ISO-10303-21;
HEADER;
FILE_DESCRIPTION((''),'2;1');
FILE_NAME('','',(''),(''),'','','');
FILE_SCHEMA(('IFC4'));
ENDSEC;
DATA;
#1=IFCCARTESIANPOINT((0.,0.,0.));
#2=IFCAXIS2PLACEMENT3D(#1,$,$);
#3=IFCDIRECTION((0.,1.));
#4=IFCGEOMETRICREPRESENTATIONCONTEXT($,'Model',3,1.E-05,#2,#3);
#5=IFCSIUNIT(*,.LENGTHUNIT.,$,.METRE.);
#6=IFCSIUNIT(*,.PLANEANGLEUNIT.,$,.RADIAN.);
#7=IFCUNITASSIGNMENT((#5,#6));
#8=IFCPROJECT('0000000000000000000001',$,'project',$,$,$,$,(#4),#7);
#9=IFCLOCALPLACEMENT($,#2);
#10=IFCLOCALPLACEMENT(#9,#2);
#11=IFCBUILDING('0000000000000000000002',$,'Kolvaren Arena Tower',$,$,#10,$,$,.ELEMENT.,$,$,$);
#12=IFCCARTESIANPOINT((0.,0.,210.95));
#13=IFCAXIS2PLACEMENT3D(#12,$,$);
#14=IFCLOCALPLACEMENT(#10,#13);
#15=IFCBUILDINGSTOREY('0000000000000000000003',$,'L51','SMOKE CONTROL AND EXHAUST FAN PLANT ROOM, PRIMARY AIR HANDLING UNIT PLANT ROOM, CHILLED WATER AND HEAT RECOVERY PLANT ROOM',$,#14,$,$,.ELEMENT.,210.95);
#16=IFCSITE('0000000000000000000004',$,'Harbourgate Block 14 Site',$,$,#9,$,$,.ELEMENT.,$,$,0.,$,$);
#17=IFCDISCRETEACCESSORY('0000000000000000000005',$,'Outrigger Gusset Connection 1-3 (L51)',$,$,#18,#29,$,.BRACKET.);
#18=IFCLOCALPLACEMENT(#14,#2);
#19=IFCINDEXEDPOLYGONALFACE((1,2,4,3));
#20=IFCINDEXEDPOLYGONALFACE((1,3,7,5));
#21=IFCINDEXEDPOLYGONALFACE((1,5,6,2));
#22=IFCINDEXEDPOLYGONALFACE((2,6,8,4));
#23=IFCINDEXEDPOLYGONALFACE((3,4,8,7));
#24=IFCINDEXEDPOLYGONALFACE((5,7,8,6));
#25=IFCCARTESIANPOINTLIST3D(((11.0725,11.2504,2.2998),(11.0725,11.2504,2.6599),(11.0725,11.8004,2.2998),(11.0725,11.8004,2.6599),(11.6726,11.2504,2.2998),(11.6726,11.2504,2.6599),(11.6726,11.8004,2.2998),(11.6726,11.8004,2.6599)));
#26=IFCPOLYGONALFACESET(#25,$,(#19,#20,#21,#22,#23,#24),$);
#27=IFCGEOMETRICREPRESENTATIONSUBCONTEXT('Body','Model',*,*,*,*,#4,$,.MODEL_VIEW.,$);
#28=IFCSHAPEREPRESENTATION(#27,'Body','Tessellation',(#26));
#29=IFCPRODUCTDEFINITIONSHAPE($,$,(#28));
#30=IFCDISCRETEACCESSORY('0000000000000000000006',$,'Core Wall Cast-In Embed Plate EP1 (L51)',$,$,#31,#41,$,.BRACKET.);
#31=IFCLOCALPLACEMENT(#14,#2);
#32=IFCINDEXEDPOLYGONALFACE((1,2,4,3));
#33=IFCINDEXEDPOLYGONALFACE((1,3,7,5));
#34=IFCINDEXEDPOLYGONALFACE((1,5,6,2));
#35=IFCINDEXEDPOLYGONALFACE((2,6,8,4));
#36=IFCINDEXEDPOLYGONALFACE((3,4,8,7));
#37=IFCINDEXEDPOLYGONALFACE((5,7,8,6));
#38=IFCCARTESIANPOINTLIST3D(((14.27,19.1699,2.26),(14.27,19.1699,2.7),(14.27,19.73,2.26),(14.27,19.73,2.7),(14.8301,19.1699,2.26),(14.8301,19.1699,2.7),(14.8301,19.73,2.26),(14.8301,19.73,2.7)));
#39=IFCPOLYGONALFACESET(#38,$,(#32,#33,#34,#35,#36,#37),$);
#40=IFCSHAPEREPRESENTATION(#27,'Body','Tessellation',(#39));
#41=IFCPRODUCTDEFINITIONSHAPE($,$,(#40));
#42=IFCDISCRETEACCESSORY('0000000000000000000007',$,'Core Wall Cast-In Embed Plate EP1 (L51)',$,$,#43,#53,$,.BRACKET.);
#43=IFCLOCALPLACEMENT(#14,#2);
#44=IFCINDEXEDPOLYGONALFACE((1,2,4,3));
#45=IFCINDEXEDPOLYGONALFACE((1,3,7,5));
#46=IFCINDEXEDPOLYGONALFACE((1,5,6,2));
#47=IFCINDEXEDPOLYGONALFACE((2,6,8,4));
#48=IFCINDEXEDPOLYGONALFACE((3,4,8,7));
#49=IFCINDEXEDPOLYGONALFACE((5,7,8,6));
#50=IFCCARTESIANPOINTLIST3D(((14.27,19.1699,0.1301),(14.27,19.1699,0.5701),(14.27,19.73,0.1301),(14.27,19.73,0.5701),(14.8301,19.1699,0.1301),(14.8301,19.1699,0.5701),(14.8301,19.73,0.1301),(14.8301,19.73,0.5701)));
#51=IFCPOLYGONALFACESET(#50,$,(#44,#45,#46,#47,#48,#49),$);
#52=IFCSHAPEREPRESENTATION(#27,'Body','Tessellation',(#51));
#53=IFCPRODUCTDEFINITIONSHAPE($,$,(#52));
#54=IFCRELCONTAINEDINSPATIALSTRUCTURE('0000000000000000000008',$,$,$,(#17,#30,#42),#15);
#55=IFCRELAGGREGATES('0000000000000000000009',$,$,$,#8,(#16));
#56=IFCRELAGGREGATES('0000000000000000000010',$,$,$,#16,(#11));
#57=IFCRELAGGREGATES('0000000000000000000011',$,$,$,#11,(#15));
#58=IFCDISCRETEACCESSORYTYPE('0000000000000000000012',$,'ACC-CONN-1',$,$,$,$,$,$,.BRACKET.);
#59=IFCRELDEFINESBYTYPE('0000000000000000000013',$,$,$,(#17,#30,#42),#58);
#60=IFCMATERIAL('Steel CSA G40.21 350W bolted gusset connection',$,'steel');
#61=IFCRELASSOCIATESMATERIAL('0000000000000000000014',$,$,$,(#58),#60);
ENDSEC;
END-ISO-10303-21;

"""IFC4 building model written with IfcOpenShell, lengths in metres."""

from ifc_helpers import new_model, si_unit, direction, frame, origin, origin_2d, place, context, subcontext, project, spatial, rectangle, extrude, material, type_object, element, save


model = new_model("IFC4")

# Units and contexts
model_context = context("Model", 3, precision=1e-05, world=origin(), true_north=direction((0.0, 1.0)))
body_context = subcontext(model_context, "Body", "Model", "MODEL_VIEW")
ifc_project = project(units=[si_unit("LENGTHUNIT", "METRE"), si_unit("PLANEANGLEUNIT", "RADIAN")], contexts=[model_context])

# Site, building, storey
site_placement = place(None, origin())
site = spatial("IfcSite", under=ifc_project, at=site_placement, Name="Harbourgate Block 14 Site", CompositionType="ELEMENT", RefElevation=0.0)
building_placement = place(site_placement, origin())
building = spatial("IfcBuilding", under=site, at=building_placement, Name="Kolvaren Arena Tower", CompositionType="ELEMENT")
storey_placement = place(building_placement, frame((0.0, 0.0, 210.95)))
storey = spatial("IfcBuildingStorey", under=building, at=storey_placement, Name="L51", Description="SMOKE CONTROL AND EXHAUST FAN PLANT ROOM, PRIMARY AIR HANDLING UNIT PLANT ROOM, CHILLED WATER AND HEAT RECOVERY PLANT ROOM", CompositionType="ELEMENT", Elevation=210.95)

# Discrete accessories
ifc_material_1 = material(Name="Steel CSA G40.21 350W bolted gusset connection", Category="steel")
discrete_accessory_type = type_object("IfcDiscreteAccessoryType", Name="ACC-CONN-1", PredefinedType="BRACKET", material=ifc_material_1)
for number, where, z_axis, x_axis, name in (
    (1, (11.3726, 11.5254, 2.2998), (0.0, 0.0, 1.0), (1.0, 0.0, 0.0), "Outrigger Gusset Connection 1-3 (L51)"),
):
    element("IfcDiscreteAccessory", number, at=place(storey_placement, frame(where, z_axis=z_axis, x_axis=x_axis)), inside=storey, type_object=discrete_accessory_type, Name=name, PredefinedType="BRACKET", context=body_context, shape_type="SweptSolid", body=[
        extrude(rectangle(XDim=0.6001, YDim=0.55, at=origin_2d()), origin(), (0.0, 0.0, 1.0), 0.3601),
    ])
for number, where, z_axis, x_axis, name in (
    (2, (14.55, 19.45, 2.26), (0.0, 0.0, 1.0), (1.0, 0.0, 0.0), "Core Wall Cast-In Embed Plate EP1 (L51)"),
    (3, (14.55, 19.45, 0.1301), (0.0, 0.0, 1.0), (1.0, 0.0, 0.0), "Core Wall Cast-In Embed Plate EP1 (L51)"),
):
    element("IfcDiscreteAccessory", number, at=place(storey_placement, frame(where, z_axis=z_axis, x_axis=x_axis)), inside=storey, type_object=discrete_accessory_type, Name=name, PredefinedType="BRACKET", context=body_context, shape_type="SweptSolid", body=[
        extrude(rectangle(XDim=0.5601, YDim=0.5601, at=origin_2d()), origin(), (0.0, 0.0, 1.0), 0.4399),
    ])

save(model, "model.ifc")
